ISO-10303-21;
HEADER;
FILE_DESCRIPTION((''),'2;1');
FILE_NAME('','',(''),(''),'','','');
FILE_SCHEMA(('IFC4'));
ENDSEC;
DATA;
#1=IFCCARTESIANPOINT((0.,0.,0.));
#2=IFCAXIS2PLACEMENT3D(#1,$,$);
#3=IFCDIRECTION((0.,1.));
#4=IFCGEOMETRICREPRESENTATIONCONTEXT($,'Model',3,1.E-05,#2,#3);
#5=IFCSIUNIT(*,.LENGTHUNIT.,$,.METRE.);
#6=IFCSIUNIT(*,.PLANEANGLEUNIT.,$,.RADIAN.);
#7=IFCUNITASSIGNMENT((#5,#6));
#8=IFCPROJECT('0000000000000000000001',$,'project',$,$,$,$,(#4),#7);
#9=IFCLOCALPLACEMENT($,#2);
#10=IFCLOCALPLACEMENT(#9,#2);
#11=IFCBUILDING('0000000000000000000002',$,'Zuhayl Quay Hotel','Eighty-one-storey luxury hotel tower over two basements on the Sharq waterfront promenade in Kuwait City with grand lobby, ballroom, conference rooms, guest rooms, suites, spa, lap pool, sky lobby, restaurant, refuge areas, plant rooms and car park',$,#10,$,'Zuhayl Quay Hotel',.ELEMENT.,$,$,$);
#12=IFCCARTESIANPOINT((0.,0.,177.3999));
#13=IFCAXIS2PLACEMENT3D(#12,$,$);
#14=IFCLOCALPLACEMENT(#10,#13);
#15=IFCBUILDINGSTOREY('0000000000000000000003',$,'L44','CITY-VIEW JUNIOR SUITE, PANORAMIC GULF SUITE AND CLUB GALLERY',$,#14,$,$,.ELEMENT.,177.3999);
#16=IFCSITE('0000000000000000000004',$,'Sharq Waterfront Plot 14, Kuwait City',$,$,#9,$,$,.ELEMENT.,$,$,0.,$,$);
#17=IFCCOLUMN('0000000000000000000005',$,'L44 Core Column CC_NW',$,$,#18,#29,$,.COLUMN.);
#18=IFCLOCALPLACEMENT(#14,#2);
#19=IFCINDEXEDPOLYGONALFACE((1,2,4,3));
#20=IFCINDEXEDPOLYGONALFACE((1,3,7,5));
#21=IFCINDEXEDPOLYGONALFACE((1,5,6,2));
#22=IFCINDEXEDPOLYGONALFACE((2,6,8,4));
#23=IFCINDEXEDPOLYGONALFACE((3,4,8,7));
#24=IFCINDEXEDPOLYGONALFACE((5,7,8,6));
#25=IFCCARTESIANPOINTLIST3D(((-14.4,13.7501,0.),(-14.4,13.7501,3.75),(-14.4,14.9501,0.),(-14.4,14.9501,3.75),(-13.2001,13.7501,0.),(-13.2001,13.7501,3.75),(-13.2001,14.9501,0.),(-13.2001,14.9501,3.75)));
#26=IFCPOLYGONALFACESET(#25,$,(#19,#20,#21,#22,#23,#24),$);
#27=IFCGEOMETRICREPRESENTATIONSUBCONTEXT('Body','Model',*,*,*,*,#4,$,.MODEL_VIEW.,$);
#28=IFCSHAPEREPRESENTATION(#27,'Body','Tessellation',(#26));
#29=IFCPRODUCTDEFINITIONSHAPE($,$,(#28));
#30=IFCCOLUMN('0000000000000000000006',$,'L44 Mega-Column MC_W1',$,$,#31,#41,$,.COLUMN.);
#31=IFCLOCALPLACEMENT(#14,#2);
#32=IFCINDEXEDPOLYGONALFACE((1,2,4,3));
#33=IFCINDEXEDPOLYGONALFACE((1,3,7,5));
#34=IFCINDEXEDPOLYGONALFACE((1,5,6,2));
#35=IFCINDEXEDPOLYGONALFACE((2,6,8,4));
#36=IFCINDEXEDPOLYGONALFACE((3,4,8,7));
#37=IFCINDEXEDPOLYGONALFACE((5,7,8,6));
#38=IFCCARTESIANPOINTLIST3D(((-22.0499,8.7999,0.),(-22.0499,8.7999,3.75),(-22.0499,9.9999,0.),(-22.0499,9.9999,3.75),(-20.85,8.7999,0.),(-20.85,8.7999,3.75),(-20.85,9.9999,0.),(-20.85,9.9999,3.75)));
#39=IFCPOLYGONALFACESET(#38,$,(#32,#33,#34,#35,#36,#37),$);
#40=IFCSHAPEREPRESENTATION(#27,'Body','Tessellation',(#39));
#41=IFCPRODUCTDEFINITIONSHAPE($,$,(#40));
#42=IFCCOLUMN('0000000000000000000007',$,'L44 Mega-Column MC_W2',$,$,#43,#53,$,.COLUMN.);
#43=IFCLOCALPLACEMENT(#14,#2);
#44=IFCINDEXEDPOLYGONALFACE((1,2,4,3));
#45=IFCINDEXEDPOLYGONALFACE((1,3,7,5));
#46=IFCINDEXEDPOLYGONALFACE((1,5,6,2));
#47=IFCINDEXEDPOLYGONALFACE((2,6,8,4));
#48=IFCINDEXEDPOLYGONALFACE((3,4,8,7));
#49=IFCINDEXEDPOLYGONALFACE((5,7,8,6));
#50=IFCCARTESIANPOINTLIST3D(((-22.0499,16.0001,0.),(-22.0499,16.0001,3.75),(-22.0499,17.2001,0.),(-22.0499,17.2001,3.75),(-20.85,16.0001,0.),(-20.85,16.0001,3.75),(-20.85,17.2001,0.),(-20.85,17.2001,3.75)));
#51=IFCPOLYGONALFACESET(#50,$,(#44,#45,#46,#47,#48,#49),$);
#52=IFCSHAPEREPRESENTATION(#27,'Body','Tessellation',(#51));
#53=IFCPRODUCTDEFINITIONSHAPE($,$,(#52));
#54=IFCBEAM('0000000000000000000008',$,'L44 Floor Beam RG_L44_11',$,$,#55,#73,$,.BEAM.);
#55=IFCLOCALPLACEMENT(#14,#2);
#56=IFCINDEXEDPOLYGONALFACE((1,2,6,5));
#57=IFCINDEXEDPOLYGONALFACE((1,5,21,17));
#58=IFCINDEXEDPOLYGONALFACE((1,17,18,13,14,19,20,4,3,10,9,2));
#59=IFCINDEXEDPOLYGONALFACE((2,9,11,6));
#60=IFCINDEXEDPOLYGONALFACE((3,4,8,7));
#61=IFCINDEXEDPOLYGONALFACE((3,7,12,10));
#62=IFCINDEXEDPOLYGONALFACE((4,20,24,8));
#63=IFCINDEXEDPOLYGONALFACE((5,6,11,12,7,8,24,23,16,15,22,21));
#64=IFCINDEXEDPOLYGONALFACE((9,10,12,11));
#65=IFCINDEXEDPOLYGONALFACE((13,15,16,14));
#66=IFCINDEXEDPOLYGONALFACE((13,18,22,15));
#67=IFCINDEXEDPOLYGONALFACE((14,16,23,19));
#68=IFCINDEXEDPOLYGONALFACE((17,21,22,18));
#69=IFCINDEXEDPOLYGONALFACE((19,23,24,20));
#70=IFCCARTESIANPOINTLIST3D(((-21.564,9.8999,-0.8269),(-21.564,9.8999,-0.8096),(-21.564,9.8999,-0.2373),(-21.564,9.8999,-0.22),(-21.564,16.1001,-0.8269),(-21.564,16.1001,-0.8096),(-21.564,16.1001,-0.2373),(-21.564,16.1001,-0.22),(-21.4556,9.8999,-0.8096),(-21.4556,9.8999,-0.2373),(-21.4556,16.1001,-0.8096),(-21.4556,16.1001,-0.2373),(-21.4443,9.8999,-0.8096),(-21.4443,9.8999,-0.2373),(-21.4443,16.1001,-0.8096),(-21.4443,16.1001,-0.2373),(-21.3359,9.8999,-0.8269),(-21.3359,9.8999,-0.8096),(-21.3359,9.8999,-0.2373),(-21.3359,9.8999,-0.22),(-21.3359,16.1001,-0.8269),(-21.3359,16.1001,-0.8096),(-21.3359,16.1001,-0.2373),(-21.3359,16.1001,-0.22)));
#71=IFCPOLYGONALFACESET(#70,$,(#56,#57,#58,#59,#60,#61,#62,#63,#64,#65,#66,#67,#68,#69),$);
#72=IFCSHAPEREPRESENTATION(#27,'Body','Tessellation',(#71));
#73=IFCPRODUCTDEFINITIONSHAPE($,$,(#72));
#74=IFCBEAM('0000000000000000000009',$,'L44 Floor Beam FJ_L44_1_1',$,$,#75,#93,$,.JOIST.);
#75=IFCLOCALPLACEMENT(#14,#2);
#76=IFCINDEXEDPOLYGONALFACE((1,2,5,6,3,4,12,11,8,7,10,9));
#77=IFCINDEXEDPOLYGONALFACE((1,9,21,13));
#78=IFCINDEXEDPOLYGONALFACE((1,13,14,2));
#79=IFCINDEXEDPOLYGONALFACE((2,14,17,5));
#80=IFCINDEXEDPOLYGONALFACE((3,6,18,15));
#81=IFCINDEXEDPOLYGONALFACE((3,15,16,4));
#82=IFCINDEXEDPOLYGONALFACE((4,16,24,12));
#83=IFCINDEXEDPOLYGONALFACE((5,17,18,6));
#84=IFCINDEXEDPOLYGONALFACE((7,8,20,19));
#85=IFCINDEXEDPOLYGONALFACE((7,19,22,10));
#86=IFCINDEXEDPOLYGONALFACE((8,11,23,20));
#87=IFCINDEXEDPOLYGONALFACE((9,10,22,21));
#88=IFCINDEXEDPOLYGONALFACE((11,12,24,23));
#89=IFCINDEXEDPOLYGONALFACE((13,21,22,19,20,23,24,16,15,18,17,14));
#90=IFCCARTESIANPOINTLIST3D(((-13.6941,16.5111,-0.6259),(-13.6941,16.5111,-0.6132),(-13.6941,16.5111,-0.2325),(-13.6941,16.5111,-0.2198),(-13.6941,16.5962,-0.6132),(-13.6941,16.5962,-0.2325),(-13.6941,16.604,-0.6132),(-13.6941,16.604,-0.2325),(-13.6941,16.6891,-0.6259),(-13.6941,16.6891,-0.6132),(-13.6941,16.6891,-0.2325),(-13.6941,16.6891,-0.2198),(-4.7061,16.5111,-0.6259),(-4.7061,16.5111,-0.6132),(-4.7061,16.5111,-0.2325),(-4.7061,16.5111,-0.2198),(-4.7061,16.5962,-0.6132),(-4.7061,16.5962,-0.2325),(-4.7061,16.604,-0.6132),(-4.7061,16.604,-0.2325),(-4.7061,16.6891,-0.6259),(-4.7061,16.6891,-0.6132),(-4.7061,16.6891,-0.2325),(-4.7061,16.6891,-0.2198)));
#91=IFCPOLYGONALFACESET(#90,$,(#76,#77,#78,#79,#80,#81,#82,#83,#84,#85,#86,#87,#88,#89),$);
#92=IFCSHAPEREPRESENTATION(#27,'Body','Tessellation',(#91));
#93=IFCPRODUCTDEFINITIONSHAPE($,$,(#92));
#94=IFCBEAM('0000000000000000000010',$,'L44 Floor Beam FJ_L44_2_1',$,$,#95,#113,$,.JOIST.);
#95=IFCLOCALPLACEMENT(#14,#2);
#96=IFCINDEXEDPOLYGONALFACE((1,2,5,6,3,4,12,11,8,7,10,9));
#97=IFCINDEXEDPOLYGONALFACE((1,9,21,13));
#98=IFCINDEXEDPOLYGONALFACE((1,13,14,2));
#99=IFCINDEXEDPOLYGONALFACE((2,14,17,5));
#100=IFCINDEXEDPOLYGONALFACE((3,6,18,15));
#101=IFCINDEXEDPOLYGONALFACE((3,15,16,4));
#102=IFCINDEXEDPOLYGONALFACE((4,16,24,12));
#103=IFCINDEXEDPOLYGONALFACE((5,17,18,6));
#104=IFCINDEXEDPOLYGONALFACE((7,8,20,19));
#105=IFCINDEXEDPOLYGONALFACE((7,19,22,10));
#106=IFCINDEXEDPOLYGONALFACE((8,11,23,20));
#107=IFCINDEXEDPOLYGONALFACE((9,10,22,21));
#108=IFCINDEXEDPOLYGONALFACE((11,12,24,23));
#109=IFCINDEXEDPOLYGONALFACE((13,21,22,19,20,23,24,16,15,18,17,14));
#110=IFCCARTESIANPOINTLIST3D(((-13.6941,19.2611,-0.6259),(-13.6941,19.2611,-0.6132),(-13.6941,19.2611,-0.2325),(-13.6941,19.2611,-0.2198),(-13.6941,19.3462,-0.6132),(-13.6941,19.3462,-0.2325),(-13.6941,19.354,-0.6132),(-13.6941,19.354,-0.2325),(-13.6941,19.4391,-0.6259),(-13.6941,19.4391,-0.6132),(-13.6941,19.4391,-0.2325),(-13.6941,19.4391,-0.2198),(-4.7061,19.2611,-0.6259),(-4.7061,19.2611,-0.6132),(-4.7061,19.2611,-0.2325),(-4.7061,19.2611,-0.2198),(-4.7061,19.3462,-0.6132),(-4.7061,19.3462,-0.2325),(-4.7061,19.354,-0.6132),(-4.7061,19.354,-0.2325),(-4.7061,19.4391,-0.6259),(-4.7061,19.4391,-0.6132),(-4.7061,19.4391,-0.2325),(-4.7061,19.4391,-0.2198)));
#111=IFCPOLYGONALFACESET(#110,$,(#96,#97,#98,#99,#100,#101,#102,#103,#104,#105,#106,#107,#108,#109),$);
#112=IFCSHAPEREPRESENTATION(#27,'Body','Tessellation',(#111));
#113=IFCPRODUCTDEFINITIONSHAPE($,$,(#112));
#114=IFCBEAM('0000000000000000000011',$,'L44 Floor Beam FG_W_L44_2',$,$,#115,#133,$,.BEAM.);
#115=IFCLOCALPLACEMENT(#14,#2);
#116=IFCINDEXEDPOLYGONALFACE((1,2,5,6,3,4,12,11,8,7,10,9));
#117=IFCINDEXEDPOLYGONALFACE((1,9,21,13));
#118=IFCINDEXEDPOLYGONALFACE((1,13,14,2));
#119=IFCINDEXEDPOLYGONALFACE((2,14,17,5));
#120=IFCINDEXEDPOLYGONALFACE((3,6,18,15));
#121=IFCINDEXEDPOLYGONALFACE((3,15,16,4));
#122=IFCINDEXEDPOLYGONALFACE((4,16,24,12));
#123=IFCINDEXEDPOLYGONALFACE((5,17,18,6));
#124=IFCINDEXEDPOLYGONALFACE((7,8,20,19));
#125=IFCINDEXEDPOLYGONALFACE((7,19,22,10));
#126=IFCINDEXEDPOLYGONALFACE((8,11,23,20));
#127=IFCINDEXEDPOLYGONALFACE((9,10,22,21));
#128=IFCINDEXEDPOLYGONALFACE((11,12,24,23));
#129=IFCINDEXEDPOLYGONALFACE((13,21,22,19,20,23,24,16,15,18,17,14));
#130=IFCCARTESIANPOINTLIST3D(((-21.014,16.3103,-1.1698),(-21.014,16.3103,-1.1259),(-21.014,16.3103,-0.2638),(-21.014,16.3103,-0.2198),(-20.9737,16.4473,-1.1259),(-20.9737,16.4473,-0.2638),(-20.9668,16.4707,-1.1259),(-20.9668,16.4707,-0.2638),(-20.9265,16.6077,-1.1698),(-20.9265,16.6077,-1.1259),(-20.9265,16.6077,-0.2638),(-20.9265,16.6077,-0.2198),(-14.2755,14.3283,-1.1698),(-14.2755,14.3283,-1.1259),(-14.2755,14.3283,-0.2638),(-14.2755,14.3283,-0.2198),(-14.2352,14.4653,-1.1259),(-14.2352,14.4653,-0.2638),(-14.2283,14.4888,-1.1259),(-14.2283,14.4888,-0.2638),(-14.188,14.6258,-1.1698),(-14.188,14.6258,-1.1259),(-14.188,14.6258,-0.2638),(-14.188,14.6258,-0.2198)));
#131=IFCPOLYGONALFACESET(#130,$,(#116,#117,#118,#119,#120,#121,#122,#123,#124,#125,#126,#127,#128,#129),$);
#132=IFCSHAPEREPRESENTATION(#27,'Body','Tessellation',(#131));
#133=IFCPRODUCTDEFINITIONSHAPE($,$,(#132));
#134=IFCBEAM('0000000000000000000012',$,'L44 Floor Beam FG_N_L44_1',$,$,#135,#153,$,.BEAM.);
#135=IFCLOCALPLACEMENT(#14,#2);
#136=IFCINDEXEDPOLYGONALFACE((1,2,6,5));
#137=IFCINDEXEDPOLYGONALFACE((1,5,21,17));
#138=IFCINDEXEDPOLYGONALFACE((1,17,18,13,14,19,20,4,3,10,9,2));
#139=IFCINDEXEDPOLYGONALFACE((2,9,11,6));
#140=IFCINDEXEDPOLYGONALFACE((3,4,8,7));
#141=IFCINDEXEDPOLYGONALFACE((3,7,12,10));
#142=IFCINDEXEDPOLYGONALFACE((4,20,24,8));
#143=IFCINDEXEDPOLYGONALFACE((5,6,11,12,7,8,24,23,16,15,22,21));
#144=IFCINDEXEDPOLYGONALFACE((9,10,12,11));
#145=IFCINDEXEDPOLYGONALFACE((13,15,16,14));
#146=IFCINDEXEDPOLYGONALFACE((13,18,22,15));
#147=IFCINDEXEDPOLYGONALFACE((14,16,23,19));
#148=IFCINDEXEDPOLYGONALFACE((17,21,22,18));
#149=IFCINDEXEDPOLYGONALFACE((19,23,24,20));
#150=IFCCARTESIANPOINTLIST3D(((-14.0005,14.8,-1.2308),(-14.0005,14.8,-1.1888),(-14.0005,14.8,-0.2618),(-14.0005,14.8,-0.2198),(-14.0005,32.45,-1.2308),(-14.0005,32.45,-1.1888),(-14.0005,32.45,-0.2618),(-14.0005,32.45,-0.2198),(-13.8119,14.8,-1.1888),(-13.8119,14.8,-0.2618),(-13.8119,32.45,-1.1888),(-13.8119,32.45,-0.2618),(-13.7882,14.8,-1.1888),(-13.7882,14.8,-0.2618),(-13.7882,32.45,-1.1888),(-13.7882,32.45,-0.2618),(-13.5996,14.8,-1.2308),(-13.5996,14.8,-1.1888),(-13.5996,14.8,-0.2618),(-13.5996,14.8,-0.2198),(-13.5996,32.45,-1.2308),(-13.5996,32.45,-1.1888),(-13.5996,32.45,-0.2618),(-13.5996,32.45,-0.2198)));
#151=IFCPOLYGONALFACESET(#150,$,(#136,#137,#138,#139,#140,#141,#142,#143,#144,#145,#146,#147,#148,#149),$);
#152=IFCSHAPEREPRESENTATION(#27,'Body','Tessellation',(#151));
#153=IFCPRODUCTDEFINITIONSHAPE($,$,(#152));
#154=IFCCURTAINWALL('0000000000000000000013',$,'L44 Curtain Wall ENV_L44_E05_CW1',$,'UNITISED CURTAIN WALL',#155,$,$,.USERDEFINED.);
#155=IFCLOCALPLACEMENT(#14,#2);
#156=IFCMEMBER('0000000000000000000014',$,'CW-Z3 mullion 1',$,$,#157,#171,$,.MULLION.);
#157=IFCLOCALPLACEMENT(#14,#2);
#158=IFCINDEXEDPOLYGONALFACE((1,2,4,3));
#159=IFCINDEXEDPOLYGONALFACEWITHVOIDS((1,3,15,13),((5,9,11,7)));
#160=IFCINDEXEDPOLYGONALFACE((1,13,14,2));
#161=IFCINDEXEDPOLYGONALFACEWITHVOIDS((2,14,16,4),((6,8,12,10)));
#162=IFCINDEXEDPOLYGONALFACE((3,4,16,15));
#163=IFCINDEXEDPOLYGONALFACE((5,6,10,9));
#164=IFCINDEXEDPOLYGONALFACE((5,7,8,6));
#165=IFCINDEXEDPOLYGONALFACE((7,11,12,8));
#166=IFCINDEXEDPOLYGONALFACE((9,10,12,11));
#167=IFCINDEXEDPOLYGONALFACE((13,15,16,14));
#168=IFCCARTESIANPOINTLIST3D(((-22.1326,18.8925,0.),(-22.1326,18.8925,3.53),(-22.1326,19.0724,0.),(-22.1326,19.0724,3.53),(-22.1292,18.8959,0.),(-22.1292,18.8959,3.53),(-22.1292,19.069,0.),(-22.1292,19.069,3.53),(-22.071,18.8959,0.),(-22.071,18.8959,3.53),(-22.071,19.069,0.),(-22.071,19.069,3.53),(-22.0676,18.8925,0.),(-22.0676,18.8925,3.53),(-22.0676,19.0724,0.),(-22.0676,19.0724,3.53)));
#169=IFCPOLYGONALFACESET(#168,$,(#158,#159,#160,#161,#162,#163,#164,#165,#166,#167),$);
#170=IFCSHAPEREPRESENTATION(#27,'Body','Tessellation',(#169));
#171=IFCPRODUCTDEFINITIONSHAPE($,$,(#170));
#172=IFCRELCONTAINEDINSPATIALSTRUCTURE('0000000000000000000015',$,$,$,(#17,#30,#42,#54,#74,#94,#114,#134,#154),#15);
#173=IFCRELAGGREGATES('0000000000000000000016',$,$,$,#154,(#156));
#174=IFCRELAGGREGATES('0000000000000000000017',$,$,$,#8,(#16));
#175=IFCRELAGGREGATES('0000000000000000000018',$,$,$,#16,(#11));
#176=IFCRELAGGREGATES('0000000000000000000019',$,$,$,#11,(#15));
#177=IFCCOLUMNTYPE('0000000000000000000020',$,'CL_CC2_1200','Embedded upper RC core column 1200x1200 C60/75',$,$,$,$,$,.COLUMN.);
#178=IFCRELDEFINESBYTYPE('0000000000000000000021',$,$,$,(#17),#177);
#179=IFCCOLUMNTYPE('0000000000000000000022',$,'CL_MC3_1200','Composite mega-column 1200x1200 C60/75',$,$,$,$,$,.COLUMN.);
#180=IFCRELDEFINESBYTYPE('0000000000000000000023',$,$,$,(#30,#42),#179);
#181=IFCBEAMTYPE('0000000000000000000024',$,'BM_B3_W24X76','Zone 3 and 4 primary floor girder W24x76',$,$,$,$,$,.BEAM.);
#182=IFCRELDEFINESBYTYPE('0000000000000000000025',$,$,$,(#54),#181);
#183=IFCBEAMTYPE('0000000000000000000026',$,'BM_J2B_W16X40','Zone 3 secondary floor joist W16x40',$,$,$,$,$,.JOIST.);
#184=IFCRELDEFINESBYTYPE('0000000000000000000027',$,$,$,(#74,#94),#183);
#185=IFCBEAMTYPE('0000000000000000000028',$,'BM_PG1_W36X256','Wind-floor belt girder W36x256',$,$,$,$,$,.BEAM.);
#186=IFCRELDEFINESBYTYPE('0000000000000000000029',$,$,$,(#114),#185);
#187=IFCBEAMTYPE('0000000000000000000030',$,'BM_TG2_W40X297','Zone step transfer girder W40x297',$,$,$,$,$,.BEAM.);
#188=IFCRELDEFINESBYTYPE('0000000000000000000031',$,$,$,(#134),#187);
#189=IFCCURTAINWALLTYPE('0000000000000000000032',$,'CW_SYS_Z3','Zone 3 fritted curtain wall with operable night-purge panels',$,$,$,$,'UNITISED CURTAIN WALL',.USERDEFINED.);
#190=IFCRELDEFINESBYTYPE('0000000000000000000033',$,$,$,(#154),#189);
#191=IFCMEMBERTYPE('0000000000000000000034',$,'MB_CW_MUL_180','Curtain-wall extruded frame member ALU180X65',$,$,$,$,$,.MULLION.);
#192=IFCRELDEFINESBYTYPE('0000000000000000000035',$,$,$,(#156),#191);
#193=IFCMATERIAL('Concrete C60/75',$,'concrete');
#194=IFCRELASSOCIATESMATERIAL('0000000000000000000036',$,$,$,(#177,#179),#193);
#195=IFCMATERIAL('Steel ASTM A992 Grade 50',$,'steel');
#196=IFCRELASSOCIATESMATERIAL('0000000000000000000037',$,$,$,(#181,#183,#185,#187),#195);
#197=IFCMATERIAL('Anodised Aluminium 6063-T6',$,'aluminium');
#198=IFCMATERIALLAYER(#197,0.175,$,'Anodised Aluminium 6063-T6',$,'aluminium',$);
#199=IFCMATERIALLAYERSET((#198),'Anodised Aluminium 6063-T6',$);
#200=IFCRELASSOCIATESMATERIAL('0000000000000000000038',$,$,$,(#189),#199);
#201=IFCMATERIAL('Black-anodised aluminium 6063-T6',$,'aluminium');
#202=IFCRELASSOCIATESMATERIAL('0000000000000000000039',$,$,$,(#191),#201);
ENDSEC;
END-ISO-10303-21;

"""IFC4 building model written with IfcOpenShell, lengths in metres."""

from ifc_helpers import new_model, si_unit, direction, frame, origin, origin_2d, place, context, subcontext, project, spatial, rectangle, hollow_rectangle, i_section, extrude, material, layer, layer_set, material_profile, profile_set, type_object, element, aggregate, save


model = new_model("IFC4")

# Units and contexts
model_context = context("Model", 3, precision=1e-05, world=origin(), true_north=direction((0.0, 1.0)))
body_context = subcontext(model_context, "Body", "Model", "MODEL_VIEW")
ifc_project = project(units=[si_unit("LENGTHUNIT", "METRE"), si_unit("PLANEANGLEUNIT", "RADIAN")], contexts=[model_context])

# Site, building, storey
site_placement = place(None, origin())
site = spatial("IfcSite", under=ifc_project, at=site_placement, Name="Sharq Waterfront Plot 14, Kuwait City", CompositionType="ELEMENT", RefElevation=0.0)
building_placement = place(site_placement, origin())
building = spatial("IfcBuilding", under=site, at=building_placement, Name="Zuhayl Quay Hotel", Description="Eighty-one-storey luxury hotel tower over two basements on the Sharq waterfront promenade in Kuwait City with grand lobby, ballroom, conference rooms, guest rooms, suites, spa, lap pool, sky lobby, restaurant, refuge areas, plant rooms and car park", LongName="Zuhayl Quay Hotel", CompositionType="ELEMENT")
storey_placement = place(building_placement, frame((0.0, 0.0, 177.3999)))
storey = spatial("IfcBuildingStorey", under=building, at=storey_placement, Name="L44", Description="CITY-VIEW JUNIOR SUITE, PANORAMIC GULF SUITE AND CLUB GALLERY", CompositionType="ELEMENT", Elevation=177.3999)

# Columns
ifc_material_1 = material(Name="Concrete C60/75", Category="concrete")
ifc_material_profile_1 = material_profile(ifc_material_1, rectangle(XDim=1.2, YDim=1.2, at=origin_2d()), Name="RC1200X1200")
ifc_profile_set_1 = profile_set([ifc_material_profile_1], Name="Concrete C60/75")
column_type_1 = type_object("IfcColumnType", Name="CL_CC2_1200", Description="Embedded upper RC core column 1200x1200 C60/75", PredefinedType="COLUMN", material=ifc_profile_set_1)
column_placement = place(storey_placement, frame((-13.8, 14.3501, 0.0), z_axis=(0.0, 0.0, 1.0), x_axis=(1.0, 0.0, 0.0)))
element("IfcColumn", 1, at=column_placement, inside=storey, type_object=column_type_1, Name="L44 Core Column CC_NW", PredefinedType="COLUMN", context=body_context, shape_type="SweptSolid", body=[
    extrude(rectangle(XDim=1.2, YDim=1.2, at=origin_2d()), origin(), (0.0, 0.0, 1.0), 3.75),
])
ifc_material_profile_2 = material_profile(ifc_material_1, rectangle(XDim=1.2, YDim=1.2, at=origin_2d()), Name="RC1200X1200")
ifc_profile_set_2 = profile_set([ifc_material_profile_2], Name="Concrete C60/75")
column_type_2 = type_object("IfcColumnType", Name="CL_MC3_1200", Description="Composite mega-column 1200x1200 C60/75", PredefinedType="COLUMN", material=ifc_profile_set_2)
for number, where, z_axis, x_axis, name in (
    (2, (-21.45, 9.3999, 0.0), (0.0, 0.0, 1.0), (1.0, 0.0, 0.0), "L44 Mega-Column MC_W1"),
    (3, (-21.45, 16.6001, 0.0), (0.0, 0.0, 1.0), (1.0, 0.0, 0.0), "L44 Mega-Column MC_W2"),
):
    element("IfcColumn", number, at=place(storey_placement, frame(where, z_axis=z_axis, x_axis=x_axis)), inside=storey, type_object=column_type_2, Name=name, PredefinedType="COLUMN", context=body_context, shape_type="SweptSolid", body=[
        extrude(rectangle(XDim=1.2, YDim=1.2, at=origin_2d()), origin(), (0.0, 0.0, 1.0), 3.75),
    ])

# Beams
ifc_material_2 = material(Name="Steel ASTM A992 Grade 50", Category="steel")
ifc_material_profile_3 = material_profile(ifc_material_2, i_section(OverallWidth=0.228, OverallDepth=0.6069, WebThickness=0.0112, FlangeThickness=0.0173, at=origin_2d()), Name="W24X76")
ifc_profile_set_3 = profile_set([ifc_material_profile_3], Name="Steel ASTM A992 Grade 50")
beam_type_1 = type_object("IfcBeamType", Name="BM_B3_W24X76", Description="Zone 3 and 4 primary floor girder W24x76", PredefinedType="BEAM", material=ifc_profile_set_3)
beam_1_placement = place(storey_placement, frame((-21.45, 16.1001, -0.5234), z_axis=(0.0, -1.0, 0.0), x_axis=(1.0, 0.0, 0.0)))
element("IfcBeam", 4, at=beam_1_placement, inside=storey, type_object=beam_type_1, Name="L44 Floor Beam RG_L44_11", PredefinedType="BEAM", context=body_context, shape_type="SweptSolid", body=[
    extrude(i_section(OverallWidth=0.228, OverallDepth=0.6069, WebThickness=0.0112, FlangeThickness=0.0173, at=origin_2d()), origin(), (0.0, 0.0, 1.0), 6.2002),
])
ifc_material_profile_4 = material_profile(ifc_material_2, i_section(OverallWidth=0.178, OverallDepth=0.406, WebThickness=0.0078, FlangeThickness=0.0127, at=origin_2d()), Name="W16X40")
ifc_profile_set_4 = profile_set([ifc_material_profile_4], Name="Steel ASTM A992 Grade 50")
beam_type_2 = type_object("IfcBeamType", Name="BM_J2B_W16X40", Description="Zone 3 secondary floor joist W16x40", PredefinedType="JOIST", material=ifc_profile_set_4)
for number, where, z_axis, x_axis, name in (
    (5, (-13.6941, 16.6001, -0.4229), (1.0, 0.0, 0.0), (0.0, 1.0, 0.0), "L44 Floor Beam FJ_L44_1_1"),
    (6, (-13.6941, 19.3501, -0.4229), (1.0, 0.0, 0.0), (0.0, 1.0, 0.0), "L44 Floor Beam FJ_L44_2_1"),
):
    element("IfcBeam", number, at=place(storey_placement, frame(where, z_axis=z_axis, x_axis=x_axis)), inside=storey, type_object=beam_type_2, Name=name, PredefinedType="JOIST", context=body_context, shape_type="SweptSolid", body=[
        extrude(i_section(OverallWidth=0.178, OverallDepth=0.406, WebThickness=0.0078, FlangeThickness=0.0127, at=origin_2d()), origin(), (0.0, 0.0, 1.0), 8.988),
    ])
ifc_material_profile_5 = material_profile(ifc_material_2, i_section(OverallWidth=0.3101, OverallDepth=0.95, WebThickness=0.0244, FlangeThickness=0.0439, at=origin_2d()), Name="W36X256")
ifc_profile_set_5 = profile_set([ifc_material_profile_5], Name="Steel ASTM A992 Grade 50")
beam_type_3 = type_object("IfcBeamType", Name="BM_PG1_W36X256", Description="Wind-floor belt girder W36x256", PredefinedType="BEAM", material=ifc_profile_set_5)
beam_2_placement = place(storey_placement, frame((-20.9702, 16.459, -0.6948), z_axis=(0.959365, -0.282168, 0.0), x_axis=(0.282168, 0.959365, 0.0)))
element("IfcBeam", 7, at=beam_2_placement, inside=storey, type_object=beam_type_3, Name="L44 Floor Beam FG_W_L44_2", PredefinedType="BEAM", context=body_context, shape_type="SweptSolid", body=[
    extrude(i_section(OverallWidth=0.3101, OverallDepth=0.95, WebThickness=0.0244, FlangeThickness=0.0439, at=origin_2d()), origin(), (0.0, 0.0, 1.0), 7.0239),
])
ifc_material_profile_6 = material_profile(ifc_material_2, i_section(OverallWidth=0.4009, OverallDepth=1.011, WebThickness=0.0237, FlangeThickness=0.042, at=origin_2d()), Name="W40X297")
ifc_profile_set_6 = profile_set([ifc_material_profile_6], Name="Steel ASTM A992 Grade 50")
beam_type_4 = type_object("IfcBeamType", Name="BM_TG2_W40X297", Description="Zone step transfer girder W40x297", PredefinedType="BEAM", material=ifc_profile_set_6)
beam_3_placement = place(storey_placement, frame((-13.8, 14.8, -0.7253), z_axis=(0.0, 1.0, 0.0), x_axis=(-1.0, 0.0, 0.0)))
element("IfcBeam", 8, at=beam_3_placement, inside=storey, type_object=beam_type_4, Name="L44 Floor Beam FG_N_L44_1", PredefinedType="BEAM", context=body_context, shape_type="SweptSolid", body=[
    extrude(i_section(OverallWidth=0.4009, OverallDepth=1.011, WebThickness=0.0237, FlangeThickness=0.042, at=origin_2d()), origin(), (0.0, 0.0, 1.0), 17.6499),
])

# Curtain wall, member
ifc_material_3 = material(Name="Anodised Aluminium 6063-T6", Category="aluminium")
ifc_layer_1 = layer(ifc_material_3, 0.175, Name="Anodised Aluminium 6063-T6", Category="aluminium")
ifc_layer_set_1 = layer_set([ifc_layer_1], Name="Anodised Aluminium 6063-T6")
curtain_wall_type = type_object("IfcCurtainWallType", Name="CW_SYS_Z3", Description="Zone 3 fritted curtain wall with operable night-purge panels", ElementType="UNITISED CURTAIN WALL", PredefinedType="USERDEFINED", material=ifc_layer_set_1)
curtain_wall_placement = place(storey_placement, origin())
curtain_wall = element("IfcCurtainWall", 9, at=curtain_wall_placement, inside=storey, type_object=curtain_wall_type, Name="L44 Curtain Wall ENV_L44_E05_CW1", ObjectType="UNITISED CURTAIN WALL", PredefinedType="USERDEFINED")
ifc_material_4 = material(Name="Black-anodised aluminium 6063-T6", Category="aluminium")
ifc_material_profile_7 = material_profile(ifc_material_4, hollow_rectangle(XDim=0.0649, YDim=0.1799, WallThickness=0.0034, at=origin_2d()), Name="ALU180X65")
ifc_profile_set_7 = profile_set([ifc_material_profile_7], Name="Black-anodised aluminium 6063-T6")
member_type_1 = type_object("IfcMemberType", Name="MB_CW_MUL_180", Description="Curtain-wall extruded frame member ALU180X65", PredefinedType="MULLION", material=ifc_profile_set_7)
member_1_placement = place(storey_placement, frame((-22.1001, 18.9824, 0.0), z_axis=(0.0, 0.0, 1.0), x_axis=(-1.0, 0.0, 0.0)))
member_1 = element("IfcMember", 10, at=member_1_placement, type_object=member_type_1, Name="CW-Z3 mullion 1", PredefinedType="MULLION", context=body_context, shape_type="SweptSolid", body=[
    extrude(hollow_rectangle(XDim=0.0649, YDim=0.1799, WallThickness=0.0034, at=origin_2d()), origin(), (0.0, 0.0, 1.0), 3.53),
])
aggregate(curtain_wall, [member_1])

save(model, "model.ifc")
